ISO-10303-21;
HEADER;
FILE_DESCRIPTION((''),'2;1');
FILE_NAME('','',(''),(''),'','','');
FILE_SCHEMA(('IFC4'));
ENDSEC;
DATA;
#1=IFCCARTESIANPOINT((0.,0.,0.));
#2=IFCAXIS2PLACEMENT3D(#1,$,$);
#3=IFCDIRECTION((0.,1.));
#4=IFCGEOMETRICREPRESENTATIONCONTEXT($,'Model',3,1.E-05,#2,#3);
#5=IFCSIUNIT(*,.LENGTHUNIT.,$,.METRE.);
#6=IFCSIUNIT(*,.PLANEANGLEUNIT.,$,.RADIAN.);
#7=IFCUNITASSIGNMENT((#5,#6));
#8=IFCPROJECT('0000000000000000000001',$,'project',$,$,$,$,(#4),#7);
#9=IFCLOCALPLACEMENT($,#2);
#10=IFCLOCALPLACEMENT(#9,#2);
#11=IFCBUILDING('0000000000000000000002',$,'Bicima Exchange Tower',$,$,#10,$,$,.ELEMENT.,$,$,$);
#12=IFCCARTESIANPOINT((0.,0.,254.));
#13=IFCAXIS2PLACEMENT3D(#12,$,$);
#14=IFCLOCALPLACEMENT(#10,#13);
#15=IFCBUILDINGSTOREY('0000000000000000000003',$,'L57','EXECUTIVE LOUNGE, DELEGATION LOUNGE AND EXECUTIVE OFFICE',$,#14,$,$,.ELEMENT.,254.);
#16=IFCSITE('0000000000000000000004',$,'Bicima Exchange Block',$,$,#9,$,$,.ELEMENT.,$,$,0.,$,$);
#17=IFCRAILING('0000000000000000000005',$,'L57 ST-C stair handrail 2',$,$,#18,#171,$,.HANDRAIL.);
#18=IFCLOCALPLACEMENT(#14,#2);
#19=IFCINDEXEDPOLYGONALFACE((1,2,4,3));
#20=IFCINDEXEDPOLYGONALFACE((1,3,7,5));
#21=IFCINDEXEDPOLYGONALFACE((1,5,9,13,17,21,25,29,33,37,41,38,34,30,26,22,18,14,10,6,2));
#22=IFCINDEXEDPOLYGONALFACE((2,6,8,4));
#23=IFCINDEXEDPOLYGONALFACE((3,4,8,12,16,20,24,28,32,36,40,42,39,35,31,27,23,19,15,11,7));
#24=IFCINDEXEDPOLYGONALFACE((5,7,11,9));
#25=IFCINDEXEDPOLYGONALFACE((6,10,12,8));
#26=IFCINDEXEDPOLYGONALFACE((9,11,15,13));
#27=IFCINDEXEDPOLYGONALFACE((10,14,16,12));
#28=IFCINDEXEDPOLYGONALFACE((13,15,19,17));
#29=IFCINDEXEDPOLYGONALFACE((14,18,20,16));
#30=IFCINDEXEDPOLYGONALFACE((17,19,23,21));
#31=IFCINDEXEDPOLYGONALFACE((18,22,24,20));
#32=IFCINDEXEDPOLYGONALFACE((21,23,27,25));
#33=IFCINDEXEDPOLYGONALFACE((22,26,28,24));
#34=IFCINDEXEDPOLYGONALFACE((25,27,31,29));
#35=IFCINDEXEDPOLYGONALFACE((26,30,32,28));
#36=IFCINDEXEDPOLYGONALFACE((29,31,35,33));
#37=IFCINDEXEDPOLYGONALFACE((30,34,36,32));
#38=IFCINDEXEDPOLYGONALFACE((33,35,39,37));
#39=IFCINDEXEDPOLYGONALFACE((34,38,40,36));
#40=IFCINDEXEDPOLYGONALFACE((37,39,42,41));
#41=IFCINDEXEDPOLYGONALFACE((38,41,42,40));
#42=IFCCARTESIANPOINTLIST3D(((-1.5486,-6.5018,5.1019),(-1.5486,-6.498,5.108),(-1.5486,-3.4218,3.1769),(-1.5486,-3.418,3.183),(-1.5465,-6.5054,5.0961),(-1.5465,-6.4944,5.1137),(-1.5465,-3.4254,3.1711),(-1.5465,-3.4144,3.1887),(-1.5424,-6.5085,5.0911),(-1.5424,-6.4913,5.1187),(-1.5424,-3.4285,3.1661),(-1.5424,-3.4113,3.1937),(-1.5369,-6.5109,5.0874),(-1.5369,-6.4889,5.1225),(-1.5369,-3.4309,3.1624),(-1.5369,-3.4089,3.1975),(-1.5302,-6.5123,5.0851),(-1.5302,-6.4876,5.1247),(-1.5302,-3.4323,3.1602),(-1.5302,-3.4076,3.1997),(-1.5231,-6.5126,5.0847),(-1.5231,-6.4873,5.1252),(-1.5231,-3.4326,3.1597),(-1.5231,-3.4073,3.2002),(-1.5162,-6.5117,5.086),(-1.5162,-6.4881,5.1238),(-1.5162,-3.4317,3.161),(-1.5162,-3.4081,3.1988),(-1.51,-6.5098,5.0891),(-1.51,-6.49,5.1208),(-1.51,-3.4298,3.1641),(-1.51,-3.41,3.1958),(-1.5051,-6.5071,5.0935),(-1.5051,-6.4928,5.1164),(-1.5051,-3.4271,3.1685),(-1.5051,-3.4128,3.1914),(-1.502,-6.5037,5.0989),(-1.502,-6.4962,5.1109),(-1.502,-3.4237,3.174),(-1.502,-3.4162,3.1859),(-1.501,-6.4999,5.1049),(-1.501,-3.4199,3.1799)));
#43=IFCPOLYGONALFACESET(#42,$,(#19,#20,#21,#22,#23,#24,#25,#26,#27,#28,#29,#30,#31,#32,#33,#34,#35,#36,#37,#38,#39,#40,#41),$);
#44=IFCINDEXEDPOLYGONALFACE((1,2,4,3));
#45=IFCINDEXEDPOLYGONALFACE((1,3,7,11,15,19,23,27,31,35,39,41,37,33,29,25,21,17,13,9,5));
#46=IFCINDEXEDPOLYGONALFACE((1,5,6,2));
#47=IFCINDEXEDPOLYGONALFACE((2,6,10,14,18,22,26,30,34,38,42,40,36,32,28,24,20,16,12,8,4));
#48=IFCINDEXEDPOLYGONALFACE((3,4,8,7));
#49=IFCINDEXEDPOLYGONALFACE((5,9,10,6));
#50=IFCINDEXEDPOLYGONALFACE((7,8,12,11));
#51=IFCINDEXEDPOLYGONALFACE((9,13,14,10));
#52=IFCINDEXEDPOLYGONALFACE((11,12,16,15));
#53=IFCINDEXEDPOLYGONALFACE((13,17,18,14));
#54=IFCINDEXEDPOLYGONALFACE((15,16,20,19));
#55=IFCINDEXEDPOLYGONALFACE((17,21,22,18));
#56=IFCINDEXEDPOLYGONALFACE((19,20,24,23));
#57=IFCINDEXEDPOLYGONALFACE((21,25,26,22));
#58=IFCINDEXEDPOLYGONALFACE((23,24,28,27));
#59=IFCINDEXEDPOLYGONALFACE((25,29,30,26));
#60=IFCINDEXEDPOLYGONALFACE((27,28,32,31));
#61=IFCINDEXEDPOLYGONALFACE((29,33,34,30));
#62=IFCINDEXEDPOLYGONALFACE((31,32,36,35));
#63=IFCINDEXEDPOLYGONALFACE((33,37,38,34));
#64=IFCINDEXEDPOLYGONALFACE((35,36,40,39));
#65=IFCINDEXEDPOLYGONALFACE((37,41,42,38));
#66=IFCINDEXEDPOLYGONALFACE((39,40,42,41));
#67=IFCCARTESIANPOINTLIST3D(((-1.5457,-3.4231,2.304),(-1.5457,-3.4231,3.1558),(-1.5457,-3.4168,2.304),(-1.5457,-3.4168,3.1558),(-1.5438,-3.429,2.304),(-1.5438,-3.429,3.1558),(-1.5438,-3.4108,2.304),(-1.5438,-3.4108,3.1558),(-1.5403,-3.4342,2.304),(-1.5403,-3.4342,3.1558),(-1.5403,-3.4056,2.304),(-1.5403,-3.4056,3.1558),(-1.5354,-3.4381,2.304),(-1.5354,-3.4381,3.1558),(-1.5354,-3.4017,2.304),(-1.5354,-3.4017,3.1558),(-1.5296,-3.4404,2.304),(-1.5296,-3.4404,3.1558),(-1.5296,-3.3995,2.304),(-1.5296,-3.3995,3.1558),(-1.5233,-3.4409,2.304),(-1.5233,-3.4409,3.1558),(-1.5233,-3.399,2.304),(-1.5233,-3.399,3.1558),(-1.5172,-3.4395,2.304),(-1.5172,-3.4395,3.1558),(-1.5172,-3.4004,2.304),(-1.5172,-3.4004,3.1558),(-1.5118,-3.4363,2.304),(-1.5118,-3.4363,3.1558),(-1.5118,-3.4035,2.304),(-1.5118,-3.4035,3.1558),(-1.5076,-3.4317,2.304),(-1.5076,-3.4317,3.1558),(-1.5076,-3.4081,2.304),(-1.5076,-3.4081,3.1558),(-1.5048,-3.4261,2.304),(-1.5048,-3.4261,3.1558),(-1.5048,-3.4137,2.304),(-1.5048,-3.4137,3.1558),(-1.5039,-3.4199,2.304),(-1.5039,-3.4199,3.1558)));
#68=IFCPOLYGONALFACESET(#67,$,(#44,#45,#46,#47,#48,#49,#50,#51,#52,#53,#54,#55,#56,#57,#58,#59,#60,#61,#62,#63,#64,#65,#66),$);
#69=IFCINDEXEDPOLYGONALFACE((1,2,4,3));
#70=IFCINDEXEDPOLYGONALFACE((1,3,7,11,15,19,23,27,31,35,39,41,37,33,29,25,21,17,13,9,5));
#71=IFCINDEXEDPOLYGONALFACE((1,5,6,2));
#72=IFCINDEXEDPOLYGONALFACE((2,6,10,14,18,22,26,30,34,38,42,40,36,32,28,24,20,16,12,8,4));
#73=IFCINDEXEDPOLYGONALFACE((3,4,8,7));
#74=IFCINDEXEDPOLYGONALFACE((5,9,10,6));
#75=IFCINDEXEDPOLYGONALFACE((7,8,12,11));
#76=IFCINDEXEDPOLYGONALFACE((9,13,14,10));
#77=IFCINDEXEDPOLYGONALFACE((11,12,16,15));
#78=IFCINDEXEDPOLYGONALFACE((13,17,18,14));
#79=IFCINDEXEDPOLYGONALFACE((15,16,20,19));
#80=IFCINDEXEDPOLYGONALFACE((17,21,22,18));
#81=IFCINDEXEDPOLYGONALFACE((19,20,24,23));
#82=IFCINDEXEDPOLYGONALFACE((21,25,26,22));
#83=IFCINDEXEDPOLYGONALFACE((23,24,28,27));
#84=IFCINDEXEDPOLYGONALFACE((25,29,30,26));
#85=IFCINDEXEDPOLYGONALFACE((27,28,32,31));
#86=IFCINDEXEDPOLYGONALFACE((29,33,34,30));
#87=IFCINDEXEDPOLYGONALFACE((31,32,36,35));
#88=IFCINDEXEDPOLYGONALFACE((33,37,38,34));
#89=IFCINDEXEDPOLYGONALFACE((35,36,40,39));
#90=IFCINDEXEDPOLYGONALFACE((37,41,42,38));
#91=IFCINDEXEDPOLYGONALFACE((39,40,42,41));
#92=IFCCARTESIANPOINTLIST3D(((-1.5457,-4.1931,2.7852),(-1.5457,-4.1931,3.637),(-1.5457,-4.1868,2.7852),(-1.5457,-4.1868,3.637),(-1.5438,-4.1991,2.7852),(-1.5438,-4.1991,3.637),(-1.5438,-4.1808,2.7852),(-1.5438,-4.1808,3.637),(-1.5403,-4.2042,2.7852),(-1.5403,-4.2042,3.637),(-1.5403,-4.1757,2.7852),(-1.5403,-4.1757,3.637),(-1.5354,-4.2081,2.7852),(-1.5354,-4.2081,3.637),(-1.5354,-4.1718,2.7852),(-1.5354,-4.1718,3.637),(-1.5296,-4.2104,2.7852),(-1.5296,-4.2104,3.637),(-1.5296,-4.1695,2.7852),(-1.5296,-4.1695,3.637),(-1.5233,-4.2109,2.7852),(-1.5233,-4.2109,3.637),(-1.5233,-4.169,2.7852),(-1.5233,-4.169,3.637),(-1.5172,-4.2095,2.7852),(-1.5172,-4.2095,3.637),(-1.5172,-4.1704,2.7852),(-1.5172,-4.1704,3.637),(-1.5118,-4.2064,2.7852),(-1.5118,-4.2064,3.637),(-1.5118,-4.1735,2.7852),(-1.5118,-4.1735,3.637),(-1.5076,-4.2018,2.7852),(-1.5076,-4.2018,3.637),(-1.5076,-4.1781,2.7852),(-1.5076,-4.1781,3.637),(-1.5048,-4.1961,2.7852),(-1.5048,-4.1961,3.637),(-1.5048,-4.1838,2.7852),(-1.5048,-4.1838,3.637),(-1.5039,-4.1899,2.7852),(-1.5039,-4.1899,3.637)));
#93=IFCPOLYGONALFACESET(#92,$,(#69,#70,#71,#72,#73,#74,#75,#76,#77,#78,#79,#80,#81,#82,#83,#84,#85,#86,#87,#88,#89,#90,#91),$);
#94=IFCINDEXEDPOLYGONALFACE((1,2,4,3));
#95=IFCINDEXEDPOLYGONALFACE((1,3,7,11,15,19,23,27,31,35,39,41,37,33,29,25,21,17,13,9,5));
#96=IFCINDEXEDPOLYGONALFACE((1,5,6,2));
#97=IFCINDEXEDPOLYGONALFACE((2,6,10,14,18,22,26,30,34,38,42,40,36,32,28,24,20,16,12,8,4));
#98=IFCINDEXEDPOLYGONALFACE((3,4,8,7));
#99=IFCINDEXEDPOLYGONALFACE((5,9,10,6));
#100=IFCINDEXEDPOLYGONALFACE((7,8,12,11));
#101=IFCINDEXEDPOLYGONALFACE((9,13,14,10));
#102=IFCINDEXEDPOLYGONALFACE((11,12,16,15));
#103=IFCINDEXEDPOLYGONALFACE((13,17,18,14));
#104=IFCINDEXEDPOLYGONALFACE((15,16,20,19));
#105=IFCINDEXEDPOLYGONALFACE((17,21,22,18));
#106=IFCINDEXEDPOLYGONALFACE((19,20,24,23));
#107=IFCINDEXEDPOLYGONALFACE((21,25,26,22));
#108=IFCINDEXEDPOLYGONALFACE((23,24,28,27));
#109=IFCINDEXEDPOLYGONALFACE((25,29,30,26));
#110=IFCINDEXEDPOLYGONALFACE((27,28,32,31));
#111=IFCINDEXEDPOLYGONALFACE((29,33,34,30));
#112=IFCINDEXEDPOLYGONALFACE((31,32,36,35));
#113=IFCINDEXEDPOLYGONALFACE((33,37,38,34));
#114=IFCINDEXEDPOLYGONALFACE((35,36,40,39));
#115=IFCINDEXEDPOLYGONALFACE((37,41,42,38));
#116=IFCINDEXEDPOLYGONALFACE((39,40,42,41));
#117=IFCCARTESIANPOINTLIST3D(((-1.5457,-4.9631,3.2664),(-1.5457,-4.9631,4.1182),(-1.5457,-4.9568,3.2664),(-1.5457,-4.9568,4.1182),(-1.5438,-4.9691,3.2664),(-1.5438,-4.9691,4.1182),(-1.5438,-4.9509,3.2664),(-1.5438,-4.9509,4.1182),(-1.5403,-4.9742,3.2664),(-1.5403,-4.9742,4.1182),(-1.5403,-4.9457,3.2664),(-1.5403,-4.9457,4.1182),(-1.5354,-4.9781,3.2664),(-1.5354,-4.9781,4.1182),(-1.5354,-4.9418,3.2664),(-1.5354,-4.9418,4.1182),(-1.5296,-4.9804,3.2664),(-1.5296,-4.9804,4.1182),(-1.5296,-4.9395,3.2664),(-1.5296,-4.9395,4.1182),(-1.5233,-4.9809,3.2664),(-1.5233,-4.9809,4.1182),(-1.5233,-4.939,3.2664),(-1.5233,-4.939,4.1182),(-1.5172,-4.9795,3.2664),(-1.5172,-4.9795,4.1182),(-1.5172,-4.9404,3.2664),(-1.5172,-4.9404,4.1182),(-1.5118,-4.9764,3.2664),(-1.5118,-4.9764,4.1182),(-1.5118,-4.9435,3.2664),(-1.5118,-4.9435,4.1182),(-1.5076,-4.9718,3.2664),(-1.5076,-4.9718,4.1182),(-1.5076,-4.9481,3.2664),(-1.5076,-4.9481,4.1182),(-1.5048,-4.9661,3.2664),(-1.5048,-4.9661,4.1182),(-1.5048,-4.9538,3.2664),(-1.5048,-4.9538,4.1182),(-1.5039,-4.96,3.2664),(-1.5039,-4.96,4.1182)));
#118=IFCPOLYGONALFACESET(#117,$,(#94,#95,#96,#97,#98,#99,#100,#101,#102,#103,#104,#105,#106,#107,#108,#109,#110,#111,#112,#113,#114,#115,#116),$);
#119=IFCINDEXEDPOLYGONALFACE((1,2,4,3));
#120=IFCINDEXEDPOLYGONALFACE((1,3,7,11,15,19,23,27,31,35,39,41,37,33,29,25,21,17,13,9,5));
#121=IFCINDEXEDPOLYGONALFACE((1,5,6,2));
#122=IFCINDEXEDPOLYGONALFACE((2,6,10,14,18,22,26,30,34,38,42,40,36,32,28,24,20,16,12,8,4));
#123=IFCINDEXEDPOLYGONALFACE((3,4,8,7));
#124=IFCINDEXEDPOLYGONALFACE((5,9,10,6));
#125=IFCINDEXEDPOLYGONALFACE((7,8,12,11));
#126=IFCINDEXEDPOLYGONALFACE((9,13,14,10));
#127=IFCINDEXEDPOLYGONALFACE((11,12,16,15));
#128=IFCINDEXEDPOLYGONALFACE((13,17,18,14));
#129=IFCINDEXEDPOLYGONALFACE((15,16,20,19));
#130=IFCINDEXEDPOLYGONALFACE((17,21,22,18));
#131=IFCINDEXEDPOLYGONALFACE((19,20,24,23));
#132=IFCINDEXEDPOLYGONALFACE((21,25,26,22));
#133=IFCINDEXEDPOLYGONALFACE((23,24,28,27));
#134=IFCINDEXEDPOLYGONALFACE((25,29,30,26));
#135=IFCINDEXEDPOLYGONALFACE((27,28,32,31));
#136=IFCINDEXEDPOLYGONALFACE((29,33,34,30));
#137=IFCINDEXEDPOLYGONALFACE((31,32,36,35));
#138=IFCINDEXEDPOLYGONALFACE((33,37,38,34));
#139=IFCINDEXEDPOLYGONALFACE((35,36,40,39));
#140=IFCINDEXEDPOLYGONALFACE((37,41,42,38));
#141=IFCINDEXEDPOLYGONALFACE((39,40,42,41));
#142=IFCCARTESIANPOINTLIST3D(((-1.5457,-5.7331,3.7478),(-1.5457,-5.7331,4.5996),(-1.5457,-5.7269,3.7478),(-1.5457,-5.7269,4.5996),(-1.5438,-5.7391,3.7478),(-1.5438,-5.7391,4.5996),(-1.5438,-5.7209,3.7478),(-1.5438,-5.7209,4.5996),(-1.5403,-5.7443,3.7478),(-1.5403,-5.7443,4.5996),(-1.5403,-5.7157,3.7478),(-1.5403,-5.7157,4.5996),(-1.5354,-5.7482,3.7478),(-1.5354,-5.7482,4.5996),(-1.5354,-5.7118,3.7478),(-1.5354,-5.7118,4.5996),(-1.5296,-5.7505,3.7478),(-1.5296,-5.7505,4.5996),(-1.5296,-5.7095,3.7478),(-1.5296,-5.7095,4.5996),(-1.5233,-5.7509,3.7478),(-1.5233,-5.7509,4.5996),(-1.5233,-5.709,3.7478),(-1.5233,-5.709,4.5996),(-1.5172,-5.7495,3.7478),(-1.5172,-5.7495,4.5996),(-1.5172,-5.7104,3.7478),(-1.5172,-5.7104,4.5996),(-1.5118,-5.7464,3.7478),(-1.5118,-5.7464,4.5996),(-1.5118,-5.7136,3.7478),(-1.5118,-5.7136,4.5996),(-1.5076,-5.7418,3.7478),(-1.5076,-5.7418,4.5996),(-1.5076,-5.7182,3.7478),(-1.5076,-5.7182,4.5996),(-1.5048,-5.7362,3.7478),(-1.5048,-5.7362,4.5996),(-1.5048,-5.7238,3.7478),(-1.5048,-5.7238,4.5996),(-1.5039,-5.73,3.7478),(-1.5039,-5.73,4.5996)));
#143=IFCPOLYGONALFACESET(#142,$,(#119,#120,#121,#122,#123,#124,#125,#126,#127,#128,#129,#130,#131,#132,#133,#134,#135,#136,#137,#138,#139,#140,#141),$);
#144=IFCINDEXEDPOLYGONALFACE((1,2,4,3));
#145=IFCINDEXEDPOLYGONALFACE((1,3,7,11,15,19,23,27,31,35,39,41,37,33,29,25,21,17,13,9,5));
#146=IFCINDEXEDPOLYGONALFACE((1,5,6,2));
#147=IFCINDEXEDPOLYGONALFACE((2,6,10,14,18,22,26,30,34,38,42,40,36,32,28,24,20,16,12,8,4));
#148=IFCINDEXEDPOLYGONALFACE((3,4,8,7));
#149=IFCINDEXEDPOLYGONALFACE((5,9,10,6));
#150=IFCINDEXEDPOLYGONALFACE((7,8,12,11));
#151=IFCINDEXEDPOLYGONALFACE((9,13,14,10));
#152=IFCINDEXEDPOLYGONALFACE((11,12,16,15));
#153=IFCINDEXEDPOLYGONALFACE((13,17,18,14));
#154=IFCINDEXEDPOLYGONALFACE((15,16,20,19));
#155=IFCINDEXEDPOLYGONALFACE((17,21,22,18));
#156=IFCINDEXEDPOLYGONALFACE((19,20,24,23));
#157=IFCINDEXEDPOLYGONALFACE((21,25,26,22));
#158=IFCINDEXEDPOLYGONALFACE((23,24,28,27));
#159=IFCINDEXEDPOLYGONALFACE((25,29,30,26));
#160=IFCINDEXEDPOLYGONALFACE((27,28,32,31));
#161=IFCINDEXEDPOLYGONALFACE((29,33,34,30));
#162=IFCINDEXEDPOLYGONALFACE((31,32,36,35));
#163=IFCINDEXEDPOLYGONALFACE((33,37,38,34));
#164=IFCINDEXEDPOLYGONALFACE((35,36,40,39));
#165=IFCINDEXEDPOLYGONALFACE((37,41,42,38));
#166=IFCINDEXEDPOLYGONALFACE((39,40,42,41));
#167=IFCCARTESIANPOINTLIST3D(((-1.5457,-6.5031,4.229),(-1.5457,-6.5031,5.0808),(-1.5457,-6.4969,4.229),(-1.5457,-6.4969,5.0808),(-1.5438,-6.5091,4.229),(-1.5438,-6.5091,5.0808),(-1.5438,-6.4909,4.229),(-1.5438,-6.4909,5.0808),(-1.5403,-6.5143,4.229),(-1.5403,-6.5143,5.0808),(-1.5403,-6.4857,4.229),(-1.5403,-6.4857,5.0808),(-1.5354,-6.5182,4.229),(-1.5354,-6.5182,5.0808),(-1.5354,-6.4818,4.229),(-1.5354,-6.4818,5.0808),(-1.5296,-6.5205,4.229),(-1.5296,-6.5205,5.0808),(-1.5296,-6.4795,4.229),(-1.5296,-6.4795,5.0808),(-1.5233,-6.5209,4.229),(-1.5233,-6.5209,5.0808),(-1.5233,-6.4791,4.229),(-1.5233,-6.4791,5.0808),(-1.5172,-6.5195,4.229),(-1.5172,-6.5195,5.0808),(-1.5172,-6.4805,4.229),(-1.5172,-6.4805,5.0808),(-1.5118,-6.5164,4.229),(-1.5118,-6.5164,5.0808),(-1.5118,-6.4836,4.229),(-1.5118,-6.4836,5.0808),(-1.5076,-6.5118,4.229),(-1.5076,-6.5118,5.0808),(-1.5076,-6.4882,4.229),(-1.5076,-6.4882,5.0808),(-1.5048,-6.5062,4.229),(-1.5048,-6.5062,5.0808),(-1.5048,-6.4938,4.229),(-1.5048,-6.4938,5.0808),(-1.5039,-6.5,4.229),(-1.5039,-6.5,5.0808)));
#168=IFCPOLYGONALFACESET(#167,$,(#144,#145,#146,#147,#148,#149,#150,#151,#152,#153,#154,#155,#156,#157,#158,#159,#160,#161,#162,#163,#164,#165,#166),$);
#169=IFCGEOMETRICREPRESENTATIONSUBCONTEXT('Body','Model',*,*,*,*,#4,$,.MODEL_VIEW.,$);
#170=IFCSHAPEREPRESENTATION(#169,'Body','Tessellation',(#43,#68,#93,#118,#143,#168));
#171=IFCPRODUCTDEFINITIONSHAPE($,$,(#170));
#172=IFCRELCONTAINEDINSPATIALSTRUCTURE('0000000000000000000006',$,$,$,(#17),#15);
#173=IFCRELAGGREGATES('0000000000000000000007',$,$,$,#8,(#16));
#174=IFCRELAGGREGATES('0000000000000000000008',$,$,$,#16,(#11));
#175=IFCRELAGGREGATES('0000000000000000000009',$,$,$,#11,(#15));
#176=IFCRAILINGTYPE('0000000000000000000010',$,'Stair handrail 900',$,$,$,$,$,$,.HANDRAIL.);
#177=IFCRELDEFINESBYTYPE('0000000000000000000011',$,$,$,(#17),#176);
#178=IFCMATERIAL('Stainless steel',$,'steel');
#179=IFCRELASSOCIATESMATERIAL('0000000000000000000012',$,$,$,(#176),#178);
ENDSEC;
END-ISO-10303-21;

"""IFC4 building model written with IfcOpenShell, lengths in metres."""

from ifc_helpers import new_model, si_unit, direction, frame, origin, origin_2d, place, context, subcontext, project, spatial, circle, extrude, material, type_object, element, save


model = new_model("IFC4")

# Units and contexts
model_context = context("Model", 3, precision=1e-05, world=origin(), true_north=direction((0.0, 1.0)))
body_context = subcontext(model_context, "Body", "Model", "MODEL_VIEW")
ifc_project = project(units=[si_unit("LENGTHUNIT", "METRE"), si_unit("PLANEANGLEUNIT", "RADIAN")], contexts=[model_context])

# Site, building, storey
site_placement = place(None, origin())
site = spatial("IfcSite", under=ifc_project, at=site_placement, Name="Bicima Exchange Block", CompositionType="ELEMENT", RefElevation=0.0)
building_placement = place(site_placement, origin())
building = spatial("IfcBuilding", under=site, at=building_placement, Name="Bicima Exchange Tower", CompositionType="ELEMENT")
storey_placement = place(building_placement, frame((0.0, 0.0, 254.0)))
storey = spatial("IfcBuildingStorey", under=building, at=storey_placement, Name="L57", Description="EXECUTIVE LOUNGE, DELEGATION LOUNGE AND EXECUTIVE OFFICE", CompositionType="ELEMENT", Elevation=254.0)

# Railing
ifc_material_1 = material(Name="Stainless steel", Category="steel")
railing_type = type_object("IfcRailingType", Name="Stair handrail 900", PredefinedType="HANDRAIL", material=ifc_material_1)
railing_placement = place(storey_placement, frame((-1.5249, -3.4199, 2.304)))
element("IfcRailing", 1, at=railing_placement, inside=storey, type_object=railing_type, Name="L57 ST-C stair handrail 2", PredefinedType="HANDRAIL", context=body_context, shape_type="SweptSolid", body=[
    extrude(circle(Radius=0.0239, at=origin_2d()), frame((0.0, 0.0, 0.876), z_axis=(0.0, -0.847998, 0.529999), x_axis=(1.0, 0.0, 0.0)), (0.0, 0.0, 1.0), 3.6321),
    extrude(circle(Radius=0.021, at=origin_2d()), origin(), (0.0, 0.0, 1.0), 0.8518),
    extrude(circle(Radius=0.021, at=origin_2d()), frame((0.0, -0.77, 0.4812)), (0.0, 0.0, 1.0), 0.8518),
    extrude(circle(Radius=0.021, at=origin_2d()), frame((0.0, -1.54, 0.9624)), (0.0, 0.0, 1.0), 0.8518),
    extrude(circle(Radius=0.021, at=origin_2d()), frame((0.0, -2.3101, 1.4438)), (0.0, 0.0, 1.0), 0.8518),
    extrude(circle(Radius=0.021, at=origin_2d()), frame((0.0, -3.0801, 1.925)), (0.0, 0.0, 1.0), 0.8518),
])

save(model, "model.ifc")
